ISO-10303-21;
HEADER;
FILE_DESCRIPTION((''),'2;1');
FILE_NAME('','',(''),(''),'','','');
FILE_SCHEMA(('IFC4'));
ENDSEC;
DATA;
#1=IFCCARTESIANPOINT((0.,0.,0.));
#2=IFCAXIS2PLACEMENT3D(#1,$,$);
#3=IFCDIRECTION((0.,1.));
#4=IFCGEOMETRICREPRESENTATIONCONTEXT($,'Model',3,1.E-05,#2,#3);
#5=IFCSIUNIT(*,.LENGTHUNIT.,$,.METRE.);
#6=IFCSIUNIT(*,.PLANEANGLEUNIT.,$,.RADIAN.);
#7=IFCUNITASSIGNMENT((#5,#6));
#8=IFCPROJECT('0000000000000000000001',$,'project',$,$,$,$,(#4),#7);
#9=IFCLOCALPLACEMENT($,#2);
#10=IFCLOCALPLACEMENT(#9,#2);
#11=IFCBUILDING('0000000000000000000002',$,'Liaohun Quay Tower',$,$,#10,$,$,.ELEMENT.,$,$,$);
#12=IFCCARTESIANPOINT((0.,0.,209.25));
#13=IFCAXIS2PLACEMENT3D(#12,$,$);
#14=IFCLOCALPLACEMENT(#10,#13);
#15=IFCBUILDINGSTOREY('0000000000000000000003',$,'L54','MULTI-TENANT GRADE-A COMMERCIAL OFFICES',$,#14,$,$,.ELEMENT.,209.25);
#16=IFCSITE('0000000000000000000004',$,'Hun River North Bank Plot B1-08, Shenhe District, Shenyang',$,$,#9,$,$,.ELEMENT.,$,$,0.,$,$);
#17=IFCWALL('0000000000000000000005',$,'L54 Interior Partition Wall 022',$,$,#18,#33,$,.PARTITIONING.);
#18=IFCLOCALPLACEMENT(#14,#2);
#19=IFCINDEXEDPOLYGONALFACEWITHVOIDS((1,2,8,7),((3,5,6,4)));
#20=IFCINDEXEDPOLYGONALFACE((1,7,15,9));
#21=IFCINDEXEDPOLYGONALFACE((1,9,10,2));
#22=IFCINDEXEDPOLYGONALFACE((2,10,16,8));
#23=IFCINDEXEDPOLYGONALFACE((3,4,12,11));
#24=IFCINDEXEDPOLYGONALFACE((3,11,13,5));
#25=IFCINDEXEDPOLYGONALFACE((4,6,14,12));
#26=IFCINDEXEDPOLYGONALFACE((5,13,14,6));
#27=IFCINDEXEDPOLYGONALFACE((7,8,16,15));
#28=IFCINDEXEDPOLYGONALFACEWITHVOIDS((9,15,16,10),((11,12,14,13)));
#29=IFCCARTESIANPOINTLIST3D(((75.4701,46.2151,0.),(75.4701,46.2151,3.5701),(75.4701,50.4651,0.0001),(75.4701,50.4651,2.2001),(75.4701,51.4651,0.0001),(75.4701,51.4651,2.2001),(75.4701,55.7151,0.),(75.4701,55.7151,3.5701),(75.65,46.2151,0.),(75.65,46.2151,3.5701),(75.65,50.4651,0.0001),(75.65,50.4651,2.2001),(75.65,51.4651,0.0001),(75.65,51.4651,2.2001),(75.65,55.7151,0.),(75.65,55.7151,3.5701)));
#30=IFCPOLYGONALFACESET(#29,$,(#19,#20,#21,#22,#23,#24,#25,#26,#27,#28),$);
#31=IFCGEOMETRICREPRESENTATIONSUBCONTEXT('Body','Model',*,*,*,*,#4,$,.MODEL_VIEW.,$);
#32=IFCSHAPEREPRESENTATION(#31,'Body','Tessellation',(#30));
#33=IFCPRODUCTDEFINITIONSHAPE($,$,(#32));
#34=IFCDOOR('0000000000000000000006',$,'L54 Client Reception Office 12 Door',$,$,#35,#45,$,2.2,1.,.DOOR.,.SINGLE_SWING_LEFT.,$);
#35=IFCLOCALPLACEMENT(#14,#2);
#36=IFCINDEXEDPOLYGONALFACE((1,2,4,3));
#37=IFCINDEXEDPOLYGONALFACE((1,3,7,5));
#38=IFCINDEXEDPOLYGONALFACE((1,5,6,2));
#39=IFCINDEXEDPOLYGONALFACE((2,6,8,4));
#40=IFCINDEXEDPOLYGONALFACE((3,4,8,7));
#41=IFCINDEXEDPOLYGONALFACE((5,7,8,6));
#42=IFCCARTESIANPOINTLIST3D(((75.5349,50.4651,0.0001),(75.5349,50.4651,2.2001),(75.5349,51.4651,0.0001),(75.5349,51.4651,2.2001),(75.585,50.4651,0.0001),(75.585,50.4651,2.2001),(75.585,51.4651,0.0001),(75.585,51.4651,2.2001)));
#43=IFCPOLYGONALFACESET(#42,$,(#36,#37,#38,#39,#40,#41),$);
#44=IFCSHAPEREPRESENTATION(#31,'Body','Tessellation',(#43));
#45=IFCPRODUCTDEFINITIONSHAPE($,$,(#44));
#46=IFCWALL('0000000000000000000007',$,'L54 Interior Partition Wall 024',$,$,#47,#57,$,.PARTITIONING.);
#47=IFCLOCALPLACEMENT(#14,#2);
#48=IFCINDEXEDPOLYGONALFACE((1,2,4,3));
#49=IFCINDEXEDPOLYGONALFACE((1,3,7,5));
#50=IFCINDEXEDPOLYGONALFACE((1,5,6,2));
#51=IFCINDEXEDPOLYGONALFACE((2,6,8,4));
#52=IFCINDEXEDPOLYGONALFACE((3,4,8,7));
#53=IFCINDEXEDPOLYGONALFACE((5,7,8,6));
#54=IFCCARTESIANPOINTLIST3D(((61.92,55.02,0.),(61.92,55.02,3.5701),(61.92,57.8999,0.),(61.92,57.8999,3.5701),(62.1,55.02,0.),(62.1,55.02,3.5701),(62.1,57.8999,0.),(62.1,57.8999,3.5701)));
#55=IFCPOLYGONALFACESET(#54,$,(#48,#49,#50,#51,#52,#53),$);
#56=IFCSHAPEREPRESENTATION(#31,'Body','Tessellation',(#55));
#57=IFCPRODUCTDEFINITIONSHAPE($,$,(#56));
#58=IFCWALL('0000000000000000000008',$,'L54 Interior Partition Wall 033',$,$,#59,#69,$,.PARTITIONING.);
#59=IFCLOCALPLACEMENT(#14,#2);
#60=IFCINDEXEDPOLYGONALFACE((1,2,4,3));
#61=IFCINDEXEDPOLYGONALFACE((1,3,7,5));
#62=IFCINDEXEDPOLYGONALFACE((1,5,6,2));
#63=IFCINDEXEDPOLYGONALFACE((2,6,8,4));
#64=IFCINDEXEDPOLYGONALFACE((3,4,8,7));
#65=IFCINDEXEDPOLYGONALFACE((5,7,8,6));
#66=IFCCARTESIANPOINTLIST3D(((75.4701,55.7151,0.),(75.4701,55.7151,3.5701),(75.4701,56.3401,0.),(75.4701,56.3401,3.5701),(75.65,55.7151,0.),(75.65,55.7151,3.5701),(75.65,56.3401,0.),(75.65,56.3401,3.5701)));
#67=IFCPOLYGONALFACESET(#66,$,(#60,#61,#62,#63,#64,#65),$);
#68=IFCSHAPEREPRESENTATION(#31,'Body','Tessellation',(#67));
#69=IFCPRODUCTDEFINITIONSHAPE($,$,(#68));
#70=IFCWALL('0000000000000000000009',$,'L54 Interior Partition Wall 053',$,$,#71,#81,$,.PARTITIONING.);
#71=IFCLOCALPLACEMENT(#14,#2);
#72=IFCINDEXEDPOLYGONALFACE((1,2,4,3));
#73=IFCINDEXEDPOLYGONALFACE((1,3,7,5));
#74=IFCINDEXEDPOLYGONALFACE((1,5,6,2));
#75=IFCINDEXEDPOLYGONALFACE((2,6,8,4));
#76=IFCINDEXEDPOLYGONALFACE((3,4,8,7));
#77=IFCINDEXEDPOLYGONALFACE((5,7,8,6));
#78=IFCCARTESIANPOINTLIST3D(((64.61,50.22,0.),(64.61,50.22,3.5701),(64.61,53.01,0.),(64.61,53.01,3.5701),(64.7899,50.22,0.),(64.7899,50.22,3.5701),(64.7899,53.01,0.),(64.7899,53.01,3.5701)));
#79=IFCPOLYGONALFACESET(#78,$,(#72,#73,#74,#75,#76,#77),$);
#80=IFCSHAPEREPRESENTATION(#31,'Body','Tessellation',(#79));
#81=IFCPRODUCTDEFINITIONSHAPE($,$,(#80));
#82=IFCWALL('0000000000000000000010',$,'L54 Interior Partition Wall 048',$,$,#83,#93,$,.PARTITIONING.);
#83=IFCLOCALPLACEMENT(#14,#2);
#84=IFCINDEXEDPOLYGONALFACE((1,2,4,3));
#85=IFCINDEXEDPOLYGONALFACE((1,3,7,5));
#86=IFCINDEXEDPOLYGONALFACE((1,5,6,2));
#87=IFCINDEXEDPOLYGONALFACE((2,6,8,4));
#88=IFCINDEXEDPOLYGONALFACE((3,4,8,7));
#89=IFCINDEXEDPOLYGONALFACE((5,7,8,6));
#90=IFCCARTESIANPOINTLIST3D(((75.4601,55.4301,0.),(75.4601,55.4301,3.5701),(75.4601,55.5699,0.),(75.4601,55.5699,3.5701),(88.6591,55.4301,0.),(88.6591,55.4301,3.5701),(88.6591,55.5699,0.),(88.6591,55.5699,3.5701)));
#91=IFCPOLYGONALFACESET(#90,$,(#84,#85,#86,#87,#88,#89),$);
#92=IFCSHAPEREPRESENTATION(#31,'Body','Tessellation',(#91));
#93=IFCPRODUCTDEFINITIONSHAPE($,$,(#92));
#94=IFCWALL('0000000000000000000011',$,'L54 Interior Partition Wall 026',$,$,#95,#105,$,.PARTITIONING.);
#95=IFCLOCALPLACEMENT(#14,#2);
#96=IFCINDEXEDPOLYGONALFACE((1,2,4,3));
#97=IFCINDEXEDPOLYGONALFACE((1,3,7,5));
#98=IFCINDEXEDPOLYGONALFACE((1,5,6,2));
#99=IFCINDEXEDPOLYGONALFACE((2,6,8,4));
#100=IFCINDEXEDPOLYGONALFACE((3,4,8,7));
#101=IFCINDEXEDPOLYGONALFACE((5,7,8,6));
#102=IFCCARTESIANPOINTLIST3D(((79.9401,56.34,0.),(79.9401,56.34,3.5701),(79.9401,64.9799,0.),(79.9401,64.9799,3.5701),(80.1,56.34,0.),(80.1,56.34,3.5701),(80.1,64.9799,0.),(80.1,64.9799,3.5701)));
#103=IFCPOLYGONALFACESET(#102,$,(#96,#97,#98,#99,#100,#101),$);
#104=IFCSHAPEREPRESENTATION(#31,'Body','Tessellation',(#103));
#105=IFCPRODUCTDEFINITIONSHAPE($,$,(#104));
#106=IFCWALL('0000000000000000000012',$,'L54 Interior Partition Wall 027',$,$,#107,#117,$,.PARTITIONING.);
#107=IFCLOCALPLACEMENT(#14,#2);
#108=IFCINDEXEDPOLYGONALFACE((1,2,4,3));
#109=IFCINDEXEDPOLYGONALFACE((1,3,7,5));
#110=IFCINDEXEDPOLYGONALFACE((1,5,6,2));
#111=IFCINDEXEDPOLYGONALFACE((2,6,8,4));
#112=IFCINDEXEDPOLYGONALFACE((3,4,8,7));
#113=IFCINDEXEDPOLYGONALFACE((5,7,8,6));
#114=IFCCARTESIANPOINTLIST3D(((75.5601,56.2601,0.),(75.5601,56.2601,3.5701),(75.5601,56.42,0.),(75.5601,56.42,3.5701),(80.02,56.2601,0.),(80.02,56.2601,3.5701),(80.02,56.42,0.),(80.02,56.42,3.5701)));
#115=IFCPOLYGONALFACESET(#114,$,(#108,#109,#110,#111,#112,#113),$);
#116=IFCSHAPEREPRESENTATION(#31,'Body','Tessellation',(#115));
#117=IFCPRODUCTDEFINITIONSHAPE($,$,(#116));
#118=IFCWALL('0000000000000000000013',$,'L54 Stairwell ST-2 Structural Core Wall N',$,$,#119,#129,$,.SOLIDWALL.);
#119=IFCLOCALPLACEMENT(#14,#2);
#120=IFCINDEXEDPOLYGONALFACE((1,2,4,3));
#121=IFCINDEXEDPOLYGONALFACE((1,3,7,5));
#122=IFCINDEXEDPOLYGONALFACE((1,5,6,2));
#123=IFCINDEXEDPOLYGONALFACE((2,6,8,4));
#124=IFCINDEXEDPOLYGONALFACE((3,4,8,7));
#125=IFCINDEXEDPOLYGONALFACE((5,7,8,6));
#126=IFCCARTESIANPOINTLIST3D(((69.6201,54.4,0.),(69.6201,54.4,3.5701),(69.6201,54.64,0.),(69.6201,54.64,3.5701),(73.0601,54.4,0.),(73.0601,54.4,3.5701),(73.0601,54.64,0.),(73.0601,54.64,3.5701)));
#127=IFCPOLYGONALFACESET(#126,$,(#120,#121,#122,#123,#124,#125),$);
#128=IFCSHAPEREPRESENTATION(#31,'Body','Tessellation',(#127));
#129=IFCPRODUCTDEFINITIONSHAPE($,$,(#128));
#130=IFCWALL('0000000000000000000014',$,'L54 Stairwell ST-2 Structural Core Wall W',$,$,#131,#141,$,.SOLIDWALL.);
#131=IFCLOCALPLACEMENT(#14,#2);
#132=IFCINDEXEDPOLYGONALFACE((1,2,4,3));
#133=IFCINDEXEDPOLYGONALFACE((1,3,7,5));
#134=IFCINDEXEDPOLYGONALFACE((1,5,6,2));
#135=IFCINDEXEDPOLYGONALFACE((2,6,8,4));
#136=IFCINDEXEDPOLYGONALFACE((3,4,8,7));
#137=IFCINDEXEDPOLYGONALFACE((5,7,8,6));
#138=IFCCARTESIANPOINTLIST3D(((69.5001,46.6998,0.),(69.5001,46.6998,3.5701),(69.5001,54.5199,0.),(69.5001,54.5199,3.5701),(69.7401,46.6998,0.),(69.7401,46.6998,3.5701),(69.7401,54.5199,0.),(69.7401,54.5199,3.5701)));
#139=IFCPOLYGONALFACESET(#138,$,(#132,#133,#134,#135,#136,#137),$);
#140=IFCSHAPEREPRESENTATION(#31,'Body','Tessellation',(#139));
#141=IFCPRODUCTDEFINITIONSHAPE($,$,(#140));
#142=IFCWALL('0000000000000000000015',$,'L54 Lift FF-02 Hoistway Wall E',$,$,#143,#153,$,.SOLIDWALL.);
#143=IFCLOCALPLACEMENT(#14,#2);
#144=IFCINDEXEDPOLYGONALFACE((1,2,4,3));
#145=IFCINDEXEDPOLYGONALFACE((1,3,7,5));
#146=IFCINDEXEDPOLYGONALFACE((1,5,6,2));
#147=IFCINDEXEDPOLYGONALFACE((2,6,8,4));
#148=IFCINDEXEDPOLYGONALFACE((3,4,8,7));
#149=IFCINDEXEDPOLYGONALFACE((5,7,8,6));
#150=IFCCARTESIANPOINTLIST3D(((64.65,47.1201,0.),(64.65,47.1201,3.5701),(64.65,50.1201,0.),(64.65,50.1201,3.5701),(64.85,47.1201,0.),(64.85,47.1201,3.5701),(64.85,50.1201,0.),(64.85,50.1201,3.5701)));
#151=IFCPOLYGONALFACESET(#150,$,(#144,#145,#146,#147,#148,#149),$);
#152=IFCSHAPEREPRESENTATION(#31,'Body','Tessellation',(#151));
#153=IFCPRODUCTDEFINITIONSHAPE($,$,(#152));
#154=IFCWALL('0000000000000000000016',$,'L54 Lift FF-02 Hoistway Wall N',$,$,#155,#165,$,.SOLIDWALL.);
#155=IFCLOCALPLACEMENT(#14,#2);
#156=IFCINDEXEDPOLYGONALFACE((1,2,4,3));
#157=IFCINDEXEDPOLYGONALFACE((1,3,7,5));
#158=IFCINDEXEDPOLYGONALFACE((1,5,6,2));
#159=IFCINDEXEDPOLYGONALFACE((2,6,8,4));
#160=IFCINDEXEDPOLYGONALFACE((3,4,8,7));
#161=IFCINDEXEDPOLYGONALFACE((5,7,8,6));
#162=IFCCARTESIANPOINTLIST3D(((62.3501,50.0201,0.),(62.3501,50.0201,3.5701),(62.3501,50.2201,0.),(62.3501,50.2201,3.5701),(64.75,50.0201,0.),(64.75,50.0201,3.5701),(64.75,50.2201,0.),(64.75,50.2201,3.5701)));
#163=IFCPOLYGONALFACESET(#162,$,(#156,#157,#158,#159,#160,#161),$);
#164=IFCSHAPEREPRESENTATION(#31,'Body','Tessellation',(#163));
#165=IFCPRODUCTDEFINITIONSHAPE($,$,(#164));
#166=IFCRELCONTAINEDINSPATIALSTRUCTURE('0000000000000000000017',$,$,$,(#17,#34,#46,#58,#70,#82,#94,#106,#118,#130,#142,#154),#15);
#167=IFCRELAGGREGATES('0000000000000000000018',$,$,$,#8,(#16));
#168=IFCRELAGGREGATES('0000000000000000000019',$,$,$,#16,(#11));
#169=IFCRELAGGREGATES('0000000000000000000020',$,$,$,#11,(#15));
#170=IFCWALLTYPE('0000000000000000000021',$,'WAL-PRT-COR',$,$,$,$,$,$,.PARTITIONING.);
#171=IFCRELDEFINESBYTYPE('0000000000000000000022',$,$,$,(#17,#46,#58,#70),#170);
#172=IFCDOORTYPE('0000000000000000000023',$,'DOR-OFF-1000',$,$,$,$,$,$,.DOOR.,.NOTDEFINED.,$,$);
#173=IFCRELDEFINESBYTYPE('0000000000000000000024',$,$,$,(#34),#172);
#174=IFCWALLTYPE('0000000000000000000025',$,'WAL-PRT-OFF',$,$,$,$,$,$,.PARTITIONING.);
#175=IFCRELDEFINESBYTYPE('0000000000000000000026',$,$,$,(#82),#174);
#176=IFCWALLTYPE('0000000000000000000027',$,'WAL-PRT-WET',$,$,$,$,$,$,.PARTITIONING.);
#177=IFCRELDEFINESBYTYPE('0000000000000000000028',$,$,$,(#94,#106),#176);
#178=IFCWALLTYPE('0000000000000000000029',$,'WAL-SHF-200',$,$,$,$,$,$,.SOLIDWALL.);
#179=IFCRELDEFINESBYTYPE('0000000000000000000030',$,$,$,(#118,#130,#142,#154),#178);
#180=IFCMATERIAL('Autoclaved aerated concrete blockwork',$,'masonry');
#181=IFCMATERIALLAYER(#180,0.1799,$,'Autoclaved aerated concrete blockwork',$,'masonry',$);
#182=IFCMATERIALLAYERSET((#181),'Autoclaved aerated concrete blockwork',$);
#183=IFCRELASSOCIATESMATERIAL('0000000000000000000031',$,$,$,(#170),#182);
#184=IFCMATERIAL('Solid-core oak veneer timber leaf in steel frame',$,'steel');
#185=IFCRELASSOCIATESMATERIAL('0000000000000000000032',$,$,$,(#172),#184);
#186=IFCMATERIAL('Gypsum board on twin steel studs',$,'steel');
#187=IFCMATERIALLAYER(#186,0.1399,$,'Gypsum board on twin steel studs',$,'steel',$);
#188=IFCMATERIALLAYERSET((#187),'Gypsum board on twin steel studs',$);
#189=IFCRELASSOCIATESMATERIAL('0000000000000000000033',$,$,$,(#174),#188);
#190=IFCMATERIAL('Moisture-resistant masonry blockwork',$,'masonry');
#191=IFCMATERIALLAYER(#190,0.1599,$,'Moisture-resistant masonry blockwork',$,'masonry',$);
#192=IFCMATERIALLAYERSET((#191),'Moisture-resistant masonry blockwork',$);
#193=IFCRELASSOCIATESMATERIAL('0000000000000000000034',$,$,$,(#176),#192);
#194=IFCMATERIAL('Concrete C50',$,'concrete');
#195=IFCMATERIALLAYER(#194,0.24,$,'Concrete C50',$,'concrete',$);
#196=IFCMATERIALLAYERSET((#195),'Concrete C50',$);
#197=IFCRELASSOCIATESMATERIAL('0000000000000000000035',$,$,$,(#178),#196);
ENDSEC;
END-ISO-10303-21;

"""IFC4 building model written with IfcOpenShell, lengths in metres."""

from ifc_helpers import new_model, si_unit, direction, frame, frame_2d, origin, place, context, subcontext, project, spatial, rectangle, extrude, source, transform, mapped, material, layer, layer_set, type_object, element, fill, save


model = new_model("IFC4")

# Units and contexts
model_context = context("Model", 3, precision=1e-05, world=origin(), true_north=direction((0.0, 1.0)))
body_context = subcontext(model_context, "Body", "Model", "MODEL_VIEW")
ifc_project = project(units=[si_unit("LENGTHUNIT", "METRE"), si_unit("PLANEANGLEUNIT", "RADIAN")], contexts=[model_context])

# Site, building, storey
site_placement = place(None, origin())
site = spatial("IfcSite", under=ifc_project, at=site_placement, Name="Hun River North Bank Plot B1-08, Shenhe District, Shenyang", CompositionType="ELEMENT", RefElevation=0.0)
building_placement = place(site_placement, origin())
building = spatial("IfcBuilding", under=site, at=building_placement, Name="Liaohun Quay Tower", CompositionType="ELEMENT")
storey_placement = place(building_placement, frame((0.0, 0.0, 209.25)))
storey = spatial("IfcBuildingStorey", under=building, at=storey_placement, Name="L54", Description="MULTI-TENANT GRADE-A COMMERCIAL OFFICES", CompositionType="ELEMENT", Elevation=209.25)

# Wall, opening, door
ifc_material_1 = material(Name="Autoclaved aerated concrete blockwork", Category="masonry")
ifc_layer_1 = layer(ifc_material_1, 0.1799, Name="Autoclaved aerated concrete blockwork", Category="masonry")
ifc_layer_set_1 = layer_set([ifc_layer_1], Name="Autoclaved aerated concrete blockwork")
wall_type_1 = type_object("IfcWallType", Name="WAL-PRT-COR", PredefinedType="PARTITIONING", material=ifc_layer_set_1)
wall_1_placement = place(storey_placement, frame((75.5601, 55.7151, 0.0), z_axis=(0.0, 0.0, 1.0), x_axis=(0.0, -1.0, 0.0)))
wall_1 = element("IfcWall", 1, at=wall_1_placement, inside=storey, type_object=wall_type_1, Name="L54 Interior Partition Wall 022", PredefinedType="PARTITIONING", context=body_context, shape_type="SweptSolid", body=[
    extrude(rectangle(XDim=9.5, YDim=0.1799, at=frame_2d((4.75, 0.0))), origin(), (0.0, 0.0, 1.0), 3.5701),
])
shared_shape_1 = source(origin(), body_context, "Body", "SweptSolid", [
    extrude(rectangle(XDim=1.0, YDim=2.2, at=frame_2d((0.5, 1.1001))), frame((0.0, 0.0999, 0.0), z_axis=(0.0, -1.0, 0.0), x_axis=(1.0, 0.0, 0.0)), (0.0, 0.0, 1.0), 0.2),
])
opening_1_placement = place(wall_1_placement, frame((4.25, 0.0, 0.0)))
opening_1 = element("IfcOpeningElement", 2, at=opening_1_placement, cuts=wall_1, PredefinedType="OPENING", context=body_context, shape_type="MappedRepresentation", body=[
    mapped(shared_shape_1, transform((0.0, 0.0, 0.0), x_axis=(1.0, 0.0, 0.0), y_axis=(0.0, 1.0, 0.0), z_axis=(0.0, 0.0, 1.0), scale=1.0)),
])
ifc_material_2 = material(Name="Solid-core oak veneer timber leaf in steel frame", Category="steel")
door_type_1 = type_object("IfcDoorType", Name="DOR-OFF-1000", OperationType="NOTDEFINED", PredefinedType="DOOR", material=ifc_material_2)
shared_shape_2 = source(origin(), body_context, "Body", "SweptSolid", [
    extrude(rectangle(XDim=1.0, YDim=2.2, at=frame_2d((0.5, 1.1001))), frame((0.0, 0.0249, 0.0), z_axis=(0.0, -1.0, 0.0), x_axis=(1.0, 0.0, 0.0)), (0.0, 0.0, 1.0), 0.05),
])
door_1_placement = place(opening_1_placement, origin())
door_1 = element("IfcDoor", 3, at=door_1_placement, inside=storey, type_object=door_type_1, Name="L54 Client Reception Office 12 Door", OperationType="SINGLE_SWING_LEFT", OverallHeight=2.2, OverallWidth=1.0, PredefinedType="DOOR", context=body_context, shape_type="MappedRepresentation", body=[
    mapped(shared_shape_2, transform((0.0, 0.0, 0.0), x_axis=(1.0, 0.0, 0.0), y_axis=(0.0, 1.0, 0.0), z_axis=(0.0, 0.0, 1.0), scale=1.0)),
])
fill(opening_1, door_1)

# Walls
wall_2_placement = place(storey_placement, frame((62.01, 55.02, 0.0), z_axis=(0.0, 0.0, 1.0), x_axis=(0.0, 1.0, 0.0)))
element("IfcWall", 4, at=wall_2_placement, inside=storey, type_object=wall_type_1, Name="L54 Interior Partition Wall 024", PredefinedType="PARTITIONING", context=body_context, shape_type="SweptSolid", body=[
    extrude(rectangle(XDim=2.8799, YDim=0.1799, at=frame_2d((1.4399, 0.0))), origin(), (0.0, 0.0, 1.0), 3.5701),
])
wall_3_placement = place(storey_placement, frame((75.5601, 56.3401, 0.0), z_axis=(0.0, 0.0, 1.0), x_axis=(0.0, -1.0, 0.0)))
element("IfcWall", 5, at=wall_3_placement, inside=storey, type_object=wall_type_1, Name="L54 Interior Partition Wall 033", PredefinedType="PARTITIONING", context=body_context, shape_type="SweptSolid", body=[
    extrude(rectangle(XDim=0.625, YDim=0.1799, at=frame_2d((0.3125, 0.0))), origin(), (0.0, 0.0, 1.0), 3.5701),
])
wall_4_placement = place(storey_placement, frame((64.7, 50.22, 0.0), z_axis=(0.0, 0.0, 1.0), x_axis=(0.0, 1.0, 0.0)))
element("IfcWall", 6, at=wall_4_placement, inside=storey, type_object=wall_type_1, Name="L54 Interior Partition Wall 053", PredefinedType="PARTITIONING", context=body_context, shape_type="SweptSolid", body=[
    extrude(rectangle(XDim=2.79, YDim=0.1799, at=frame_2d((1.395, 0.0))), origin(), (0.0, 0.0, 1.0), 3.5701),
])
ifc_material_3 = material(Name="Gypsum board on twin steel studs", Category="steel")
ifc_layer_2 = layer(ifc_material_3, 0.1399, Name="Gypsum board on twin steel studs", Category="steel")
ifc_layer_set_2 = layer_set([ifc_layer_2], Name="Gypsum board on twin steel studs")
wall_type_2 = type_object("IfcWallType", Name="WAL-PRT-OFF", PredefinedType="PARTITIONING", material=ifc_layer_set_2)
wall_5_placement = place(storey_placement, frame((75.46, 55.5, 0.0), z_axis=(0.0, 0.0, 1.0), x_axis=(1.0, 0.0, 0.0)))
element("IfcWall", 7, at=wall_5_placement, inside=storey, type_object=wall_type_2, Name="L54 Interior Partition Wall 048", PredefinedType="PARTITIONING", context=body_context, shape_type="SweptSolid", body=[
    extrude(rectangle(XDim=13.199, YDim=0.1399, at=frame_2d((6.5996, 0.0))), origin(), (0.0, 0.0, 1.0), 3.5701),
])

# Shared definitions
ifc_material_4 = material(Name="Moisture-resistant masonry blockwork", Category="masonry")
ifc_layer_3 = layer(ifc_material_4, 0.1599, Name="Moisture-resistant masonry blockwork", Category="masonry")
ifc_layer_set_3 = layer_set([ifc_layer_3], Name="Moisture-resistant masonry blockwork")
wall_type_3 = type_object("IfcWallType", Name="WAL-PRT-WET", PredefinedType="PARTITIONING", material=ifc_layer_set_3)

# Walls
wall_6_placement = place(storey_placement, frame((80.02, 56.3401, 0.0), z_axis=(0.0, 0.0, 1.0), x_axis=(0.0, 1.0, 0.0)))
element("IfcWall", 8, at=wall_6_placement, inside=storey, type_object=wall_type_3, Name="L54 Interior Partition Wall 026", PredefinedType="PARTITIONING", context=body_context, shape_type="SweptSolid", body=[
    extrude(rectangle(XDim=8.6399, YDim=0.1599, at=frame_2d((4.3198, 0.0))), origin(), (0.0, 0.0, 1.0), 3.5701),
])
wall_7_placement = place(storey_placement, frame((75.5601, 56.3401, 0.0), z_axis=(0.0, 0.0, 1.0), x_axis=(1.0, 0.0, 0.0)))
element("IfcWall", 9, at=wall_7_placement, inside=storey, type_object=wall_type_3, Name="L54 Interior Partition Wall 027", PredefinedType="PARTITIONING", context=body_context, shape_type="SweptSolid", body=[
    extrude(rectangle(XDim=4.46, YDim=0.1599, at=frame_2d((2.23, 0.0))), origin(), (0.0, 0.0, 1.0), 3.5701),
])
ifc_material_5 = material(Name="Concrete C50", Category="concrete")
ifc_layer_4 = layer(ifc_material_5, 0.24, Name="Concrete C50", Category="concrete")
ifc_layer_set_4 = layer_set([ifc_layer_4], Name="Concrete C50")
wall_type_4 = type_object("IfcWallType", Name="WAL-SHF-200", PredefinedType="SOLIDWALL", material=ifc_layer_set_4)
wall_8_placement = place(storey_placement, frame((73.0601, 54.52, 0.0), z_axis=(0.0, 0.0, 1.0), x_axis=(-1.0, 0.0, 0.0)))
element("IfcWall", 10, at=wall_8_placement, inside=storey, type_object=wall_type_4, Name="L54 Stairwell ST-2 Structural Core Wall N", PredefinedType="SOLIDWALL", context=body_context, shape_type="SweptSolid", body=[
    extrude(rectangle(XDim=3.4399, YDim=0.24, at=frame_2d((1.72, 0.0))), origin(), (0.0, 0.0, 1.0), 3.5701),
])
wall_9_placement = place(storey_placement, frame((69.6201, 54.52, 0.0), z_axis=(0.0, 0.0, 1.0), x_axis=(0.0, -1.0, 0.0)))
element("IfcWall", 11, at=wall_9_placement, inside=storey, type_object=wall_type_4, Name="L54 Stairwell ST-2 Structural Core Wall W", PredefinedType="SOLIDWALL", context=body_context, shape_type="SweptSolid", body=[
    extrude(rectangle(XDim=7.8201, YDim=0.24, at=frame_2d((3.9102, 0.0))), origin(), (0.0, 0.0, 1.0), 3.5701),
])
wall_10_placement = place(storey_placement, frame((64.75, 47.1201, 0.0), z_axis=(0.0, 0.0, 1.0), x_axis=(0.0, 1.0, 0.0)))
element("IfcWall", 12, at=wall_10_placement, inside=storey, type_object=wall_type_4, Name="L54 Lift FF-02 Hoistway Wall E", PredefinedType="SOLIDWALL", context=body_context, shape_type="SweptSolid", body=[
    extrude(rectangle(XDim=3.0, YDim=0.2, at=frame_2d((1.5, 0.0))), origin(), (0.0, 0.0, 1.0), 3.5701),
])
wall_11_placement = place(storey_placement, frame((64.75, 50.1201, 0.0), z_axis=(0.0, 0.0, 1.0), x_axis=(-1.0, 0.0, 0.0)))
element("IfcWall", 13, at=wall_11_placement, inside=storey, type_object=wall_type_4, Name="L54 Lift FF-02 Hoistway Wall N", PredefinedType="SOLIDWALL", context=body_context, shape_type="SweptSolid", body=[
    extrude(rectangle(XDim=2.3999, YDim=0.2, at=frame_2d((1.2, 0.0))), origin(), (0.0, 0.0, 1.0), 3.5701),
])

save(model, "model.ifc")
